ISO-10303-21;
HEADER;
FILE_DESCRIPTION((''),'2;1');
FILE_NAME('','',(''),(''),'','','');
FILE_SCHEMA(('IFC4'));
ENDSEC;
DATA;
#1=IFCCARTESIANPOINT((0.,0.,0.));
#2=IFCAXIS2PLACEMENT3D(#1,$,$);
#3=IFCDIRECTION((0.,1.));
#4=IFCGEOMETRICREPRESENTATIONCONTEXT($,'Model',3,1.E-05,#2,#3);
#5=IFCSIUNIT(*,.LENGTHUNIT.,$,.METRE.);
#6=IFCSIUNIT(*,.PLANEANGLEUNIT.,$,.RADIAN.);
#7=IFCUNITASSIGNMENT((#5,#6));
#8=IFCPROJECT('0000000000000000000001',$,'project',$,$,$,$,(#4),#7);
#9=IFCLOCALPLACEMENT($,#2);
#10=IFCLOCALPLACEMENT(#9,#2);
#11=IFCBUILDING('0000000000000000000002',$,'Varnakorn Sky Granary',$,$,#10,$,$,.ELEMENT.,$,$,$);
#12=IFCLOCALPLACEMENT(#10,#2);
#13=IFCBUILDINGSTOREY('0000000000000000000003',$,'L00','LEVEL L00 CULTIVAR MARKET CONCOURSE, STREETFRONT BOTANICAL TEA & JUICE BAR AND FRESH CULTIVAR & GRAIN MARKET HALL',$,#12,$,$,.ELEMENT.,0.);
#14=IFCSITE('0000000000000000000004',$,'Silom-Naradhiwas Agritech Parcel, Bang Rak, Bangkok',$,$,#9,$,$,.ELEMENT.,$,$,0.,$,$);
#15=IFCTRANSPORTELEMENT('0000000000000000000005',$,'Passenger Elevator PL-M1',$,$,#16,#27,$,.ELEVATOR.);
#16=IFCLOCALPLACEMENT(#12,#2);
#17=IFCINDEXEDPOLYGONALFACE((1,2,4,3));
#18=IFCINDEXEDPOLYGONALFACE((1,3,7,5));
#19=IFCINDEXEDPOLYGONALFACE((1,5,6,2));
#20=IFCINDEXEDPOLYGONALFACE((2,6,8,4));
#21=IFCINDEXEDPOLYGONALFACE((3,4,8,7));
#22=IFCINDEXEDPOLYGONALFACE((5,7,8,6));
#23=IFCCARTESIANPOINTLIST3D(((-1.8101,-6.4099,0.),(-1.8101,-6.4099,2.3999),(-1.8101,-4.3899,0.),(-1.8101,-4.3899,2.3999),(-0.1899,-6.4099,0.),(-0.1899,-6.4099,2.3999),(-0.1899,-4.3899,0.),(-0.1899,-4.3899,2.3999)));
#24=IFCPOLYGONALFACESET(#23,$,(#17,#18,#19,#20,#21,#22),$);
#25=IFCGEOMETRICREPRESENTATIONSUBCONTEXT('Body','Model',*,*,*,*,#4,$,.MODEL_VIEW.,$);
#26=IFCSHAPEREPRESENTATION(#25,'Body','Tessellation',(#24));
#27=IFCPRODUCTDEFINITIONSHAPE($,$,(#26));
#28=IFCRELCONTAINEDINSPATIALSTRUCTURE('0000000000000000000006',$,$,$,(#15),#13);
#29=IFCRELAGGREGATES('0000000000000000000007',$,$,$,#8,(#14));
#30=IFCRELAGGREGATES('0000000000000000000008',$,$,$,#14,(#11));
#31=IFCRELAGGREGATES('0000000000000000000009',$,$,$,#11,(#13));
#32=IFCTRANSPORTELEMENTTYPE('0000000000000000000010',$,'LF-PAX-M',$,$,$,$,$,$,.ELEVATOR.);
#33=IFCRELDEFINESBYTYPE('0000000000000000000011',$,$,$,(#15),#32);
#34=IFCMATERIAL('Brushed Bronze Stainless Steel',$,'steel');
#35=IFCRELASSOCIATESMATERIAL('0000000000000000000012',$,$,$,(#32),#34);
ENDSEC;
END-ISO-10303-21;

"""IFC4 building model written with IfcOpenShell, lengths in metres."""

from ifc_helpers import new_model, si_unit, direction, frame, origin, origin_2d, place, context, subcontext, project, spatial, rectangle, extrude, material, type_object, element, save


model = new_model("IFC4")

# Units and contexts
model_context = context("Model", 3, precision=1e-05, world=origin(), true_north=direction((0.0, 1.0)))
body_context = subcontext(model_context, "Body", "Model", "MODEL_VIEW")
ifc_project = project(units=[si_unit("LENGTHUNIT", "METRE"), si_unit("PLANEANGLEUNIT", "RADIAN")], contexts=[model_context])

# Site, building, storey
site_placement = place(None, origin())
site = spatial("IfcSite", under=ifc_project, at=site_placement, Name="Silom-Naradhiwas Agritech Parcel, Bang Rak, Bangkok", CompositionType="ELEMENT", RefElevation=0.0)
building_placement = place(site_placement, origin())
building = spatial("IfcBuilding", under=site, at=building_placement, Name="Varnakorn Sky Granary", CompositionType="ELEMENT")
storey_placement = place(building_placement, origin())
storey = spatial("IfcBuildingStorey", under=building, at=storey_placement, Name="L00", Description="LEVEL L00 CULTIVAR MARKET CONCOURSE, STREETFRONT BOTANICAL TEA & JUICE BAR AND FRESH CULTIVAR & GRAIN MARKET HALL", CompositionType="ELEMENT", Elevation=0.0)

# Shared definitions
ifc_material_1 = material(Name="Brushed Bronze Stainless Steel", Category="steel")

# Transport element
transport_element_type_1 = type_object("IfcTransportElementType", Name="LF-PAX-M", PredefinedType="ELEVATOR", material=ifc_material_1)
transport_element_1_placement = place(storey_placement, frame((-1.0, -5.3999, 0.0), z_axis=(0.0, 0.0, 1.0), x_axis=(1.0, 0.0, 0.0)))
element("IfcTransportElement", 1, at=transport_element_1_placement, inside=storey, type_object=transport_element_type_1, Name="Passenger Elevator PL-M1", PredefinedType="ELEVATOR", context=body_context, shape_type="SweptSolid", body=[
    extrude(rectangle(XDim=1.6201, YDim=2.02, at=origin_2d()), origin(), (0.0, 0.0, 1.0), 2.3999),
])

save(model, "model.ifc")
